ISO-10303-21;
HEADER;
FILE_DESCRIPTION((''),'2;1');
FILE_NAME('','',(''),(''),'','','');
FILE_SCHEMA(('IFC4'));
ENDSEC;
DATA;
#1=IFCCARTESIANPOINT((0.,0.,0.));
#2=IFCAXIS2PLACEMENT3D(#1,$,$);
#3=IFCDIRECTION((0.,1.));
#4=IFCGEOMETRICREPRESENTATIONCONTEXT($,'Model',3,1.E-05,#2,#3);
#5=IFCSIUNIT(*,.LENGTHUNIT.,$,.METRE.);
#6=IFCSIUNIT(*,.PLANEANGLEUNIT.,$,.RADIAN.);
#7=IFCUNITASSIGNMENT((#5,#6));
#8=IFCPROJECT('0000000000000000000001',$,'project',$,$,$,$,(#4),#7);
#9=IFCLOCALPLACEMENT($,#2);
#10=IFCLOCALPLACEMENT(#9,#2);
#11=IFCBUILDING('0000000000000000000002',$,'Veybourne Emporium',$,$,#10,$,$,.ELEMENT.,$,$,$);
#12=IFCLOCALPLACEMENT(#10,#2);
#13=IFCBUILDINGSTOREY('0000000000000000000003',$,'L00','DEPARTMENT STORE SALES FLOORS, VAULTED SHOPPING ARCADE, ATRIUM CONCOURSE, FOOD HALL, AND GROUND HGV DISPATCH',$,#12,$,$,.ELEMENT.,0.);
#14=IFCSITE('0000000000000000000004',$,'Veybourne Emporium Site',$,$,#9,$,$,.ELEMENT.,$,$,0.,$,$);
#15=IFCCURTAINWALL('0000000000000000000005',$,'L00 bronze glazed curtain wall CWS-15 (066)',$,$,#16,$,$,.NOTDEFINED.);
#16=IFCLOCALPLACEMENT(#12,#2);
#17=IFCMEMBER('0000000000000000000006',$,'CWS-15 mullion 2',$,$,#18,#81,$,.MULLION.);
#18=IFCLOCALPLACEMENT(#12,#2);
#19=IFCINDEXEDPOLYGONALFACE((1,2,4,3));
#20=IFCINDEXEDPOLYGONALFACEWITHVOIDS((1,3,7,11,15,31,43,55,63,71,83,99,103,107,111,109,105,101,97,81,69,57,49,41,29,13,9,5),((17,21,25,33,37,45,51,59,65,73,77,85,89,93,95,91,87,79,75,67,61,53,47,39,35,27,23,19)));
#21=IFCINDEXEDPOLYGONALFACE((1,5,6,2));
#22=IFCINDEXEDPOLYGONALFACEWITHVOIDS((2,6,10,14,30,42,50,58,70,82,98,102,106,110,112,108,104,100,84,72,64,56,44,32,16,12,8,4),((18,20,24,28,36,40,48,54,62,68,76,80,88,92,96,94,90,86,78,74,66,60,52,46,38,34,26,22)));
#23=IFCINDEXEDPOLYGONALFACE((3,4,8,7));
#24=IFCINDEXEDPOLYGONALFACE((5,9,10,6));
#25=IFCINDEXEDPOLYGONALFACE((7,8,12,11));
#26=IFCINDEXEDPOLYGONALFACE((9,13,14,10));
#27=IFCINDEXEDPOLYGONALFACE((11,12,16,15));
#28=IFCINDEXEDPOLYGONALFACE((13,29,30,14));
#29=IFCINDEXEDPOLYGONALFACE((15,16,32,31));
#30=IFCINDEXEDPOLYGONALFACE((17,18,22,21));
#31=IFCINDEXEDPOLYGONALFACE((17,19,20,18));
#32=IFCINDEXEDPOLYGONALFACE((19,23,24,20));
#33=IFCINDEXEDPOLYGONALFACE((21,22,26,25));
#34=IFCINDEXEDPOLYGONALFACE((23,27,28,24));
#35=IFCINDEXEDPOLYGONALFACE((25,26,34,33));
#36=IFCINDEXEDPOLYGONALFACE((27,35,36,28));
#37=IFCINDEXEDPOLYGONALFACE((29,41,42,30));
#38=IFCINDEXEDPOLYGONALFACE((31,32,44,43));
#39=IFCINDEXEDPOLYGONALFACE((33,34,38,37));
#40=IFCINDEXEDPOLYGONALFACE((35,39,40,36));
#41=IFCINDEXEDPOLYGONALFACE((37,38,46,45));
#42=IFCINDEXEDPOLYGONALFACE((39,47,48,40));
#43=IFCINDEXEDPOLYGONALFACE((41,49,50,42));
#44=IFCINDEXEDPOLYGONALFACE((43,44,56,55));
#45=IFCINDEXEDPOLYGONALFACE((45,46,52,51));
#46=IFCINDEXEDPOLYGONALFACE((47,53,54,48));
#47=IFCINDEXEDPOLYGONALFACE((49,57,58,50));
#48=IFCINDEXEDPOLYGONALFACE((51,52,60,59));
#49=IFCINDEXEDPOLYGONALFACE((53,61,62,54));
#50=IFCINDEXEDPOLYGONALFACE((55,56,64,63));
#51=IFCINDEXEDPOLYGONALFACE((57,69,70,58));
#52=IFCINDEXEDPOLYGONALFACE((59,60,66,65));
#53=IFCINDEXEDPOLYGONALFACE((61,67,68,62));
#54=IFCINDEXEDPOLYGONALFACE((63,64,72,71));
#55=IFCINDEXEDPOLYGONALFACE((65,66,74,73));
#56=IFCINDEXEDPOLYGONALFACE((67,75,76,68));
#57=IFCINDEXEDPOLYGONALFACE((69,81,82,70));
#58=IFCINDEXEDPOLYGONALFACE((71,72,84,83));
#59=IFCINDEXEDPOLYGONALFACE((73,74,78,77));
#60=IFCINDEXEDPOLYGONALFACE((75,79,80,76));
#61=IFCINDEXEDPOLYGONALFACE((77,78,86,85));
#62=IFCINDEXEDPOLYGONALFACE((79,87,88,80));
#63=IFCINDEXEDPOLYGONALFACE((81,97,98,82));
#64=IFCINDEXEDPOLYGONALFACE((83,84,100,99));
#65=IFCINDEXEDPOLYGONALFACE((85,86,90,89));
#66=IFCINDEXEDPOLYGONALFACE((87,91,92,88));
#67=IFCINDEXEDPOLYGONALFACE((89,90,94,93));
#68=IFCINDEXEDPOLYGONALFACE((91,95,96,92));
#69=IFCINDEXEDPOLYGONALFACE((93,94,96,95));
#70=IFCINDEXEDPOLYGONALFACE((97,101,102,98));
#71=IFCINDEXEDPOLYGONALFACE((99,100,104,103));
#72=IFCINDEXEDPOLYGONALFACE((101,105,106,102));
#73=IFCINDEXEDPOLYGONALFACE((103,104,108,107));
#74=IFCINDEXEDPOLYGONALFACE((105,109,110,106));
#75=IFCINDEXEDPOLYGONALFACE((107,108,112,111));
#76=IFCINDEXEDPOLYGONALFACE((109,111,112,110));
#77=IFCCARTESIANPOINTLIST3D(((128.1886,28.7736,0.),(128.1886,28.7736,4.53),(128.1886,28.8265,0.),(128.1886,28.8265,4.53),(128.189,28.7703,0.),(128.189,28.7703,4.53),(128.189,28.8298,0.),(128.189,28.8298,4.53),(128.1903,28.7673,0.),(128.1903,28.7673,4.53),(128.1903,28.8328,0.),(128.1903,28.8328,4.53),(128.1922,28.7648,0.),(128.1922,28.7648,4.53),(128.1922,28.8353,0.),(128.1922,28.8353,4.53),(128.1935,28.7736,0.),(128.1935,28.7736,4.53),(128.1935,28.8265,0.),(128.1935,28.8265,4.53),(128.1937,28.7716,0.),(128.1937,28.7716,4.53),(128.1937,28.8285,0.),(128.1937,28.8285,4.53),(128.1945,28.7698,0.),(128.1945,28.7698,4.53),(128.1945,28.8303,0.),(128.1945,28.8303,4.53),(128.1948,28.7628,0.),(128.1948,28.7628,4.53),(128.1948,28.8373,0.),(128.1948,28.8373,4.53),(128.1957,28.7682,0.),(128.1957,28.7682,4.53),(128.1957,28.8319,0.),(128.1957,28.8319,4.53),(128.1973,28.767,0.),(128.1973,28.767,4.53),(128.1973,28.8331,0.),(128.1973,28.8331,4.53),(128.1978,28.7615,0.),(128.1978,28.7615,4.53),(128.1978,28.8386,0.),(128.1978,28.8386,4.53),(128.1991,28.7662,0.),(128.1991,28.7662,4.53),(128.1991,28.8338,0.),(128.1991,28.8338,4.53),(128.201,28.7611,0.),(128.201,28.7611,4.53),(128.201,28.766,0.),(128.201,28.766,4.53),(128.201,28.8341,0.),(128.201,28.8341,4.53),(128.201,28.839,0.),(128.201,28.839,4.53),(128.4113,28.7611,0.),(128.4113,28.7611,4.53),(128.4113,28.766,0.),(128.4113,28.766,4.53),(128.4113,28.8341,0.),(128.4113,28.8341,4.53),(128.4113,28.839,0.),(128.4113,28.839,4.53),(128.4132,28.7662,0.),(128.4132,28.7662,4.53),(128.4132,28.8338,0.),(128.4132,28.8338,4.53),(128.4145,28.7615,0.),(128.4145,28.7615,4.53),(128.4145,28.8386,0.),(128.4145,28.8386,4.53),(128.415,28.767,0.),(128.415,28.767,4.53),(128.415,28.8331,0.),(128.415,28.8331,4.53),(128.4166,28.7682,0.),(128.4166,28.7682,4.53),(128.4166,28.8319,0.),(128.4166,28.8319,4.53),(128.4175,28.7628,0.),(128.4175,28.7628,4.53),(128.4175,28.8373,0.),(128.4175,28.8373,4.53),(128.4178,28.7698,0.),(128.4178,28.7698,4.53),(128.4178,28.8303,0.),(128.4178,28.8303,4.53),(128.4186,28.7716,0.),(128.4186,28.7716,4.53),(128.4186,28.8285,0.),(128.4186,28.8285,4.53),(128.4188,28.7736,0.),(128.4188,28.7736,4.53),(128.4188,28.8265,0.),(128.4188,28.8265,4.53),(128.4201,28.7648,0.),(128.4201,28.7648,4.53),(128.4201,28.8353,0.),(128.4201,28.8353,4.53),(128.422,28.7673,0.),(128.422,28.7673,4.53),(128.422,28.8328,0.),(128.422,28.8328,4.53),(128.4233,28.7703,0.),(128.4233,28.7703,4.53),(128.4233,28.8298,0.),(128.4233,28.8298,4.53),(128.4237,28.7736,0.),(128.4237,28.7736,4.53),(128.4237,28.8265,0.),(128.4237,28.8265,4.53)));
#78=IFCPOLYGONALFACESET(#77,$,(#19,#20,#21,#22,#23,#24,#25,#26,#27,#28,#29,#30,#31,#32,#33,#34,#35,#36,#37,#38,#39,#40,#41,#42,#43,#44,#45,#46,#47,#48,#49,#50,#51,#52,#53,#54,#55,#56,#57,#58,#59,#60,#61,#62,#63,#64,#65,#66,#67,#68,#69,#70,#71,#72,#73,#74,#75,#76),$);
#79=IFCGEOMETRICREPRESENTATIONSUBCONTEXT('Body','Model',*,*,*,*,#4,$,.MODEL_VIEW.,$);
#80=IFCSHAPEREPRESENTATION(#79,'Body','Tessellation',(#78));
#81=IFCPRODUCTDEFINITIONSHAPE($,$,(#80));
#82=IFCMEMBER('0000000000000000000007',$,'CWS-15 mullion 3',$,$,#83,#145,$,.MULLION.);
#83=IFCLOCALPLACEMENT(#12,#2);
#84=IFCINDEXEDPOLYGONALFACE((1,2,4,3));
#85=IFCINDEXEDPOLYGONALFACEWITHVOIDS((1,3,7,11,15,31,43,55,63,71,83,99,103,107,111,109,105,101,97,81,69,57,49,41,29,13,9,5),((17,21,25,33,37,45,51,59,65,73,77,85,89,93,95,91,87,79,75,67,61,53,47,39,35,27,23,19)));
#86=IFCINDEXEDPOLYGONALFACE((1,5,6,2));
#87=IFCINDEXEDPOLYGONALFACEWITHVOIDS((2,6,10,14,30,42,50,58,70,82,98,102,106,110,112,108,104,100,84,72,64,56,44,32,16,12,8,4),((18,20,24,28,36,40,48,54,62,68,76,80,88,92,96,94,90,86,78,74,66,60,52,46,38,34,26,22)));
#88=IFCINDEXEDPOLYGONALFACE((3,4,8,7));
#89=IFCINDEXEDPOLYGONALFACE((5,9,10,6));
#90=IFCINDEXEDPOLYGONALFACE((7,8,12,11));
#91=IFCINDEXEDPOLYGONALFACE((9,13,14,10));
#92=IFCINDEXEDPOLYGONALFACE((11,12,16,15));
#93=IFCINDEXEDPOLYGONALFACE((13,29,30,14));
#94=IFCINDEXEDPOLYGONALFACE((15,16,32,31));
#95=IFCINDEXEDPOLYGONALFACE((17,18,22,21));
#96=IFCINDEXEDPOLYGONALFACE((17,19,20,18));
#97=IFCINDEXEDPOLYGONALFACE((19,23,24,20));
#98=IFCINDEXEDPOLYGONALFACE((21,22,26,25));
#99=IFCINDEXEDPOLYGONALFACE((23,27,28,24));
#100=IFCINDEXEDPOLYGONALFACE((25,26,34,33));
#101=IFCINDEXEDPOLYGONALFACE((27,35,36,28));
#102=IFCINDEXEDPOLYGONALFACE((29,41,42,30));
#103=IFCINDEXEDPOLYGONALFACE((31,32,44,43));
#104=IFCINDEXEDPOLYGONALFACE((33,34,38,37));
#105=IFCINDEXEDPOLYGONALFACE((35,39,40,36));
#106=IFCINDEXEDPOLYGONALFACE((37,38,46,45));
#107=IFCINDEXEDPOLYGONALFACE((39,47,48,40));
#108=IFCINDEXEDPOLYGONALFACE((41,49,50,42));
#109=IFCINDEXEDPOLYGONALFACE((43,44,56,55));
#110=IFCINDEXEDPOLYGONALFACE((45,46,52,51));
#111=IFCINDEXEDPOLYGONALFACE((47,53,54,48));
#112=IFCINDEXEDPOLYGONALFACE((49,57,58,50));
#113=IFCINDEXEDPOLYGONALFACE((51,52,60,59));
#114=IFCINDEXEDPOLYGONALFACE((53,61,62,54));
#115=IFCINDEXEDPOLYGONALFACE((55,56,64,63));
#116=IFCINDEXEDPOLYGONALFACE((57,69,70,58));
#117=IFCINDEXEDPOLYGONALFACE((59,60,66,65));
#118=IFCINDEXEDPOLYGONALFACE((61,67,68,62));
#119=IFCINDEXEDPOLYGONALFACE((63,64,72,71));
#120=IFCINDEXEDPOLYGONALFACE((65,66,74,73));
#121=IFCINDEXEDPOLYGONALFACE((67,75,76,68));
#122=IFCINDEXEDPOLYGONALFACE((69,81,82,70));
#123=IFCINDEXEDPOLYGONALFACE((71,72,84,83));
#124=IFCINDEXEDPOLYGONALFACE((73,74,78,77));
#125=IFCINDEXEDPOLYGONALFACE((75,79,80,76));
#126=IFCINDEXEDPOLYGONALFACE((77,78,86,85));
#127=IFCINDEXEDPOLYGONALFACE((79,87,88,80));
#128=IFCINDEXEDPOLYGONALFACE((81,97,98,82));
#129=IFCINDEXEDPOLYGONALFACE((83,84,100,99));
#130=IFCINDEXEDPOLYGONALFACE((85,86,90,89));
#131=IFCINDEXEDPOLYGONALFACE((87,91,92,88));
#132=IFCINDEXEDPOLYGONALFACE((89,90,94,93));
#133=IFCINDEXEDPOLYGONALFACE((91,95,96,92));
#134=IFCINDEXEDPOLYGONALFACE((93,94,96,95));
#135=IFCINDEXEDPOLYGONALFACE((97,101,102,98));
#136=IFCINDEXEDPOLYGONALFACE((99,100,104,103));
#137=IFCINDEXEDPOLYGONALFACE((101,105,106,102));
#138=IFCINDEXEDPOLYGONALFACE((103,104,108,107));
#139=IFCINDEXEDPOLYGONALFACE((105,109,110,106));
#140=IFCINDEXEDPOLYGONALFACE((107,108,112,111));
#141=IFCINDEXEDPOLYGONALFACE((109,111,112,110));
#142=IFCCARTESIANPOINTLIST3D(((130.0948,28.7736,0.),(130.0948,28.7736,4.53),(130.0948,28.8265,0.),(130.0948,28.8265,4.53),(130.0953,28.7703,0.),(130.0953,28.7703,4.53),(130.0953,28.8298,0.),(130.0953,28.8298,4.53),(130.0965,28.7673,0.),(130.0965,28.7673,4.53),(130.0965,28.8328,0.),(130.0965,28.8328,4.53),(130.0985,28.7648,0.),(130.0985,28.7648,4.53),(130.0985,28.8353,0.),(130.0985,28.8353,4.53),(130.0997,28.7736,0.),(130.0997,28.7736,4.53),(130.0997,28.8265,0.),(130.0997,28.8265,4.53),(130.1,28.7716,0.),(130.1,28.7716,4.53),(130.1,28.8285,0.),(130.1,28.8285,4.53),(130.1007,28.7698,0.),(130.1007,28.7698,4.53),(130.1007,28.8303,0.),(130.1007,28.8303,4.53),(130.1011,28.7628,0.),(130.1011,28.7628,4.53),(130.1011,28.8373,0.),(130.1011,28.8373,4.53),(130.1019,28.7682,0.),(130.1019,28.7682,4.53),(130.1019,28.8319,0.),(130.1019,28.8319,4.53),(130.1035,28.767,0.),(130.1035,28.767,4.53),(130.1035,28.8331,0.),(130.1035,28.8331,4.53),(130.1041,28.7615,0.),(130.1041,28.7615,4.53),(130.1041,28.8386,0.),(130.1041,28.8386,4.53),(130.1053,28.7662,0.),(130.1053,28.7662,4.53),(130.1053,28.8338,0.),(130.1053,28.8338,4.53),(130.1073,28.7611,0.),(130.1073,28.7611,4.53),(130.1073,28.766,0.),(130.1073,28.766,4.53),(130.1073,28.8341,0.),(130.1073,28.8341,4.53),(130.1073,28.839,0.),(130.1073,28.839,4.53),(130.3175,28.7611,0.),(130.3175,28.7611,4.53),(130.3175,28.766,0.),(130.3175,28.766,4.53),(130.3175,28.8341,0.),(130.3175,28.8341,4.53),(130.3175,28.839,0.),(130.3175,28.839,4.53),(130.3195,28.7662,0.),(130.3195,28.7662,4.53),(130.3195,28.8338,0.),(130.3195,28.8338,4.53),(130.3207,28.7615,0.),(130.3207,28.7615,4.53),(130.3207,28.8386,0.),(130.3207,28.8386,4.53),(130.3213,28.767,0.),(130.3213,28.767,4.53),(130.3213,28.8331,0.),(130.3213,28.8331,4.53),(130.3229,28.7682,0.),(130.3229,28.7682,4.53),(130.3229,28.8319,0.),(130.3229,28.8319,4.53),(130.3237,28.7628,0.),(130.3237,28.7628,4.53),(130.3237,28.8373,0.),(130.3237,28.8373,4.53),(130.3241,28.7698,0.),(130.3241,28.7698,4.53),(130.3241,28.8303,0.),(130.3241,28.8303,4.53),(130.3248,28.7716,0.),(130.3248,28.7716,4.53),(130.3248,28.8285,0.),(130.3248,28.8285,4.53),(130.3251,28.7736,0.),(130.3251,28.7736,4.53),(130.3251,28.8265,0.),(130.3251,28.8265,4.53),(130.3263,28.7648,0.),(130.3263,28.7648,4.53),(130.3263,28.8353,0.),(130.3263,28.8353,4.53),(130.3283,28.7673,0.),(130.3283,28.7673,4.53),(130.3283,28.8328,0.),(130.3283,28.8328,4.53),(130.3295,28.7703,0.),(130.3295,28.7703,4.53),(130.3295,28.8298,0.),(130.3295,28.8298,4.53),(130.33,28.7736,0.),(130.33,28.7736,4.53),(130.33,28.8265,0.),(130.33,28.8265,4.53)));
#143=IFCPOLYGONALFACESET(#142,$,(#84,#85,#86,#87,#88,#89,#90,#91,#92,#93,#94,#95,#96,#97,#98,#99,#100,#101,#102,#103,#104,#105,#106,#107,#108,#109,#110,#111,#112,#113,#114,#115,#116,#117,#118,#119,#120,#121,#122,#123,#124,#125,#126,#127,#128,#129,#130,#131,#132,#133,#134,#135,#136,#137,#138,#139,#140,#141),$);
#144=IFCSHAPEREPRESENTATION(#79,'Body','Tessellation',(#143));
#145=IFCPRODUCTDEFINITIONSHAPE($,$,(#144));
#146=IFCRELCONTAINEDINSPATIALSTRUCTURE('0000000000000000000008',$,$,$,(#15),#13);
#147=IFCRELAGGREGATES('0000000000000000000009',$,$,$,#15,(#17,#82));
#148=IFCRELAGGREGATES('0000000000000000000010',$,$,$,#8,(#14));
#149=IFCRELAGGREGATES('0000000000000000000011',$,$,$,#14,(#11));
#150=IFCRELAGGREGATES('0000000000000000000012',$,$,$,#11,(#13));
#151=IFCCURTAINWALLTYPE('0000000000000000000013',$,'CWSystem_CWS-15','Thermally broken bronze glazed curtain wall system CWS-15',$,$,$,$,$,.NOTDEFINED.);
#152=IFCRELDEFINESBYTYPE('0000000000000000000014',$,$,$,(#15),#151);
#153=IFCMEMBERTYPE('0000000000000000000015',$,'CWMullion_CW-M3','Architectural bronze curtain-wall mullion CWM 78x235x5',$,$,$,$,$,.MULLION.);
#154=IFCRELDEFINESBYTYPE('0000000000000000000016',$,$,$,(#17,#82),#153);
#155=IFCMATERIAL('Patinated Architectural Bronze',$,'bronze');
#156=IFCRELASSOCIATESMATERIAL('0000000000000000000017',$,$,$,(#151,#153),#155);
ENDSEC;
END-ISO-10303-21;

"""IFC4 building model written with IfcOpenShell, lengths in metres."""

from ifc_helpers import new_model, si_unit, direction, frame, origin, origin_2d, place, context, subcontext, project, spatial, hollow_rectangle, extrude, material, material_profile, profile_set, type_object, element, aggregate, save


model = new_model("IFC4")

# Units and contexts
model_context = context("Model", 3, precision=1e-05, world=origin(), true_north=direction((0.0, 1.0)))
body_context = subcontext(model_context, "Body", "Model", "MODEL_VIEW")
ifc_project = project(units=[si_unit("LENGTHUNIT", "METRE"), si_unit("PLANEANGLEUNIT", "RADIAN")], contexts=[model_context])

# Site, building, storey
site_placement = place(None, origin())
site = spatial("IfcSite", under=ifc_project, at=site_placement, Name="Veybourne Emporium Site", CompositionType="ELEMENT", RefElevation=0.0)
building_placement = place(site_placement, origin())
building = spatial("IfcBuilding", under=site, at=building_placement, Name="Veybourne Emporium", CompositionType="ELEMENT")
storey_placement = place(building_placement, origin())
storey = spatial("IfcBuildingStorey", under=building, at=storey_placement, Name="L00", Description="DEPARTMENT STORE SALES FLOORS, VAULTED SHOPPING ARCADE, ATRIUM CONCOURSE, FOOD HALL, AND GROUND HGV DISPATCH", CompositionType="ELEMENT", Elevation=0.0)

# Curtain wall, members
ifc_material_1 = material(Name="Patinated Architectural Bronze", Category="bronze")
curtain_wall_type = type_object("IfcCurtainWallType", Name="CWSystem_CWS-15", Description="Thermally broken bronze glazed curtain wall system CWS-15", PredefinedType="NOTDEFINED", material=ifc_material_1)
curtain_wall_placement = place(storey_placement, origin())
curtain_wall = element("IfcCurtainWall", 1, at=curtain_wall_placement, inside=storey, type_object=curtain_wall_type, Name="L00 bronze glazed curtain wall CWS-15 (066)", PredefinedType="NOTDEFINED")
ifc_material_profile_1 = material_profile(ifc_material_1, hollow_rectangle(XDim=0.0779, YDim=0.2351, WallThickness=0.0049, InnerFilletRadius=0.0076, OuterFilletRadius=0.0125, at=origin_2d()), Name="CWM 78x235x5")
ifc_profile_set_1 = profile_set([ifc_material_profile_1], Name="Patinated Architectural Bronze")
member_type_1 = type_object("IfcMemberType", Name="CWMullion_CW-M3", Description="Architectural bronze curtain-wall mullion CWM 78x235x5", PredefinedType="MULLION", material=ifc_profile_set_1)
member_1_placement = place(storey_placement, frame((128.3062, 28.8, 0.0), z_axis=(0.0, 0.0, 1.0), x_axis=(0.0, 1.0, 0.0)))
member_1 = element("IfcMember", 2, at=member_1_placement, type_object=member_type_1, Name="CWS-15 mullion 2", PredefinedType="MULLION", context=body_context, shape_type="SweptSolid", body=[
    extrude(hollow_rectangle(XDim=0.0779, YDim=0.2351, WallThickness=0.0049, InnerFilletRadius=0.0076, OuterFilletRadius=0.0125, at=origin_2d()), origin(), (0.0, 0.0, 1.0), 4.53),
])
member_2_placement = place(storey_placement, frame((130.2124, 28.8, 0.0), z_axis=(0.0, 0.0, 1.0), x_axis=(0.0, 1.0, 0.0)))
member_2 = element("IfcMember", 3, at=member_2_placement, type_object=member_type_1, Name="CWS-15 mullion 3", PredefinedType="MULLION", context=body_context, shape_type="SweptSolid", body=[
    extrude(hollow_rectangle(XDim=0.0779, YDim=0.2351, WallThickness=0.0049, InnerFilletRadius=0.0076, OuterFilletRadius=0.0125, at=origin_2d()), origin(), (0.0, 0.0, 1.0), 4.53),
])
aggregate(curtain_wall, [member_1, member_2])

save(model, "model.ifc")
